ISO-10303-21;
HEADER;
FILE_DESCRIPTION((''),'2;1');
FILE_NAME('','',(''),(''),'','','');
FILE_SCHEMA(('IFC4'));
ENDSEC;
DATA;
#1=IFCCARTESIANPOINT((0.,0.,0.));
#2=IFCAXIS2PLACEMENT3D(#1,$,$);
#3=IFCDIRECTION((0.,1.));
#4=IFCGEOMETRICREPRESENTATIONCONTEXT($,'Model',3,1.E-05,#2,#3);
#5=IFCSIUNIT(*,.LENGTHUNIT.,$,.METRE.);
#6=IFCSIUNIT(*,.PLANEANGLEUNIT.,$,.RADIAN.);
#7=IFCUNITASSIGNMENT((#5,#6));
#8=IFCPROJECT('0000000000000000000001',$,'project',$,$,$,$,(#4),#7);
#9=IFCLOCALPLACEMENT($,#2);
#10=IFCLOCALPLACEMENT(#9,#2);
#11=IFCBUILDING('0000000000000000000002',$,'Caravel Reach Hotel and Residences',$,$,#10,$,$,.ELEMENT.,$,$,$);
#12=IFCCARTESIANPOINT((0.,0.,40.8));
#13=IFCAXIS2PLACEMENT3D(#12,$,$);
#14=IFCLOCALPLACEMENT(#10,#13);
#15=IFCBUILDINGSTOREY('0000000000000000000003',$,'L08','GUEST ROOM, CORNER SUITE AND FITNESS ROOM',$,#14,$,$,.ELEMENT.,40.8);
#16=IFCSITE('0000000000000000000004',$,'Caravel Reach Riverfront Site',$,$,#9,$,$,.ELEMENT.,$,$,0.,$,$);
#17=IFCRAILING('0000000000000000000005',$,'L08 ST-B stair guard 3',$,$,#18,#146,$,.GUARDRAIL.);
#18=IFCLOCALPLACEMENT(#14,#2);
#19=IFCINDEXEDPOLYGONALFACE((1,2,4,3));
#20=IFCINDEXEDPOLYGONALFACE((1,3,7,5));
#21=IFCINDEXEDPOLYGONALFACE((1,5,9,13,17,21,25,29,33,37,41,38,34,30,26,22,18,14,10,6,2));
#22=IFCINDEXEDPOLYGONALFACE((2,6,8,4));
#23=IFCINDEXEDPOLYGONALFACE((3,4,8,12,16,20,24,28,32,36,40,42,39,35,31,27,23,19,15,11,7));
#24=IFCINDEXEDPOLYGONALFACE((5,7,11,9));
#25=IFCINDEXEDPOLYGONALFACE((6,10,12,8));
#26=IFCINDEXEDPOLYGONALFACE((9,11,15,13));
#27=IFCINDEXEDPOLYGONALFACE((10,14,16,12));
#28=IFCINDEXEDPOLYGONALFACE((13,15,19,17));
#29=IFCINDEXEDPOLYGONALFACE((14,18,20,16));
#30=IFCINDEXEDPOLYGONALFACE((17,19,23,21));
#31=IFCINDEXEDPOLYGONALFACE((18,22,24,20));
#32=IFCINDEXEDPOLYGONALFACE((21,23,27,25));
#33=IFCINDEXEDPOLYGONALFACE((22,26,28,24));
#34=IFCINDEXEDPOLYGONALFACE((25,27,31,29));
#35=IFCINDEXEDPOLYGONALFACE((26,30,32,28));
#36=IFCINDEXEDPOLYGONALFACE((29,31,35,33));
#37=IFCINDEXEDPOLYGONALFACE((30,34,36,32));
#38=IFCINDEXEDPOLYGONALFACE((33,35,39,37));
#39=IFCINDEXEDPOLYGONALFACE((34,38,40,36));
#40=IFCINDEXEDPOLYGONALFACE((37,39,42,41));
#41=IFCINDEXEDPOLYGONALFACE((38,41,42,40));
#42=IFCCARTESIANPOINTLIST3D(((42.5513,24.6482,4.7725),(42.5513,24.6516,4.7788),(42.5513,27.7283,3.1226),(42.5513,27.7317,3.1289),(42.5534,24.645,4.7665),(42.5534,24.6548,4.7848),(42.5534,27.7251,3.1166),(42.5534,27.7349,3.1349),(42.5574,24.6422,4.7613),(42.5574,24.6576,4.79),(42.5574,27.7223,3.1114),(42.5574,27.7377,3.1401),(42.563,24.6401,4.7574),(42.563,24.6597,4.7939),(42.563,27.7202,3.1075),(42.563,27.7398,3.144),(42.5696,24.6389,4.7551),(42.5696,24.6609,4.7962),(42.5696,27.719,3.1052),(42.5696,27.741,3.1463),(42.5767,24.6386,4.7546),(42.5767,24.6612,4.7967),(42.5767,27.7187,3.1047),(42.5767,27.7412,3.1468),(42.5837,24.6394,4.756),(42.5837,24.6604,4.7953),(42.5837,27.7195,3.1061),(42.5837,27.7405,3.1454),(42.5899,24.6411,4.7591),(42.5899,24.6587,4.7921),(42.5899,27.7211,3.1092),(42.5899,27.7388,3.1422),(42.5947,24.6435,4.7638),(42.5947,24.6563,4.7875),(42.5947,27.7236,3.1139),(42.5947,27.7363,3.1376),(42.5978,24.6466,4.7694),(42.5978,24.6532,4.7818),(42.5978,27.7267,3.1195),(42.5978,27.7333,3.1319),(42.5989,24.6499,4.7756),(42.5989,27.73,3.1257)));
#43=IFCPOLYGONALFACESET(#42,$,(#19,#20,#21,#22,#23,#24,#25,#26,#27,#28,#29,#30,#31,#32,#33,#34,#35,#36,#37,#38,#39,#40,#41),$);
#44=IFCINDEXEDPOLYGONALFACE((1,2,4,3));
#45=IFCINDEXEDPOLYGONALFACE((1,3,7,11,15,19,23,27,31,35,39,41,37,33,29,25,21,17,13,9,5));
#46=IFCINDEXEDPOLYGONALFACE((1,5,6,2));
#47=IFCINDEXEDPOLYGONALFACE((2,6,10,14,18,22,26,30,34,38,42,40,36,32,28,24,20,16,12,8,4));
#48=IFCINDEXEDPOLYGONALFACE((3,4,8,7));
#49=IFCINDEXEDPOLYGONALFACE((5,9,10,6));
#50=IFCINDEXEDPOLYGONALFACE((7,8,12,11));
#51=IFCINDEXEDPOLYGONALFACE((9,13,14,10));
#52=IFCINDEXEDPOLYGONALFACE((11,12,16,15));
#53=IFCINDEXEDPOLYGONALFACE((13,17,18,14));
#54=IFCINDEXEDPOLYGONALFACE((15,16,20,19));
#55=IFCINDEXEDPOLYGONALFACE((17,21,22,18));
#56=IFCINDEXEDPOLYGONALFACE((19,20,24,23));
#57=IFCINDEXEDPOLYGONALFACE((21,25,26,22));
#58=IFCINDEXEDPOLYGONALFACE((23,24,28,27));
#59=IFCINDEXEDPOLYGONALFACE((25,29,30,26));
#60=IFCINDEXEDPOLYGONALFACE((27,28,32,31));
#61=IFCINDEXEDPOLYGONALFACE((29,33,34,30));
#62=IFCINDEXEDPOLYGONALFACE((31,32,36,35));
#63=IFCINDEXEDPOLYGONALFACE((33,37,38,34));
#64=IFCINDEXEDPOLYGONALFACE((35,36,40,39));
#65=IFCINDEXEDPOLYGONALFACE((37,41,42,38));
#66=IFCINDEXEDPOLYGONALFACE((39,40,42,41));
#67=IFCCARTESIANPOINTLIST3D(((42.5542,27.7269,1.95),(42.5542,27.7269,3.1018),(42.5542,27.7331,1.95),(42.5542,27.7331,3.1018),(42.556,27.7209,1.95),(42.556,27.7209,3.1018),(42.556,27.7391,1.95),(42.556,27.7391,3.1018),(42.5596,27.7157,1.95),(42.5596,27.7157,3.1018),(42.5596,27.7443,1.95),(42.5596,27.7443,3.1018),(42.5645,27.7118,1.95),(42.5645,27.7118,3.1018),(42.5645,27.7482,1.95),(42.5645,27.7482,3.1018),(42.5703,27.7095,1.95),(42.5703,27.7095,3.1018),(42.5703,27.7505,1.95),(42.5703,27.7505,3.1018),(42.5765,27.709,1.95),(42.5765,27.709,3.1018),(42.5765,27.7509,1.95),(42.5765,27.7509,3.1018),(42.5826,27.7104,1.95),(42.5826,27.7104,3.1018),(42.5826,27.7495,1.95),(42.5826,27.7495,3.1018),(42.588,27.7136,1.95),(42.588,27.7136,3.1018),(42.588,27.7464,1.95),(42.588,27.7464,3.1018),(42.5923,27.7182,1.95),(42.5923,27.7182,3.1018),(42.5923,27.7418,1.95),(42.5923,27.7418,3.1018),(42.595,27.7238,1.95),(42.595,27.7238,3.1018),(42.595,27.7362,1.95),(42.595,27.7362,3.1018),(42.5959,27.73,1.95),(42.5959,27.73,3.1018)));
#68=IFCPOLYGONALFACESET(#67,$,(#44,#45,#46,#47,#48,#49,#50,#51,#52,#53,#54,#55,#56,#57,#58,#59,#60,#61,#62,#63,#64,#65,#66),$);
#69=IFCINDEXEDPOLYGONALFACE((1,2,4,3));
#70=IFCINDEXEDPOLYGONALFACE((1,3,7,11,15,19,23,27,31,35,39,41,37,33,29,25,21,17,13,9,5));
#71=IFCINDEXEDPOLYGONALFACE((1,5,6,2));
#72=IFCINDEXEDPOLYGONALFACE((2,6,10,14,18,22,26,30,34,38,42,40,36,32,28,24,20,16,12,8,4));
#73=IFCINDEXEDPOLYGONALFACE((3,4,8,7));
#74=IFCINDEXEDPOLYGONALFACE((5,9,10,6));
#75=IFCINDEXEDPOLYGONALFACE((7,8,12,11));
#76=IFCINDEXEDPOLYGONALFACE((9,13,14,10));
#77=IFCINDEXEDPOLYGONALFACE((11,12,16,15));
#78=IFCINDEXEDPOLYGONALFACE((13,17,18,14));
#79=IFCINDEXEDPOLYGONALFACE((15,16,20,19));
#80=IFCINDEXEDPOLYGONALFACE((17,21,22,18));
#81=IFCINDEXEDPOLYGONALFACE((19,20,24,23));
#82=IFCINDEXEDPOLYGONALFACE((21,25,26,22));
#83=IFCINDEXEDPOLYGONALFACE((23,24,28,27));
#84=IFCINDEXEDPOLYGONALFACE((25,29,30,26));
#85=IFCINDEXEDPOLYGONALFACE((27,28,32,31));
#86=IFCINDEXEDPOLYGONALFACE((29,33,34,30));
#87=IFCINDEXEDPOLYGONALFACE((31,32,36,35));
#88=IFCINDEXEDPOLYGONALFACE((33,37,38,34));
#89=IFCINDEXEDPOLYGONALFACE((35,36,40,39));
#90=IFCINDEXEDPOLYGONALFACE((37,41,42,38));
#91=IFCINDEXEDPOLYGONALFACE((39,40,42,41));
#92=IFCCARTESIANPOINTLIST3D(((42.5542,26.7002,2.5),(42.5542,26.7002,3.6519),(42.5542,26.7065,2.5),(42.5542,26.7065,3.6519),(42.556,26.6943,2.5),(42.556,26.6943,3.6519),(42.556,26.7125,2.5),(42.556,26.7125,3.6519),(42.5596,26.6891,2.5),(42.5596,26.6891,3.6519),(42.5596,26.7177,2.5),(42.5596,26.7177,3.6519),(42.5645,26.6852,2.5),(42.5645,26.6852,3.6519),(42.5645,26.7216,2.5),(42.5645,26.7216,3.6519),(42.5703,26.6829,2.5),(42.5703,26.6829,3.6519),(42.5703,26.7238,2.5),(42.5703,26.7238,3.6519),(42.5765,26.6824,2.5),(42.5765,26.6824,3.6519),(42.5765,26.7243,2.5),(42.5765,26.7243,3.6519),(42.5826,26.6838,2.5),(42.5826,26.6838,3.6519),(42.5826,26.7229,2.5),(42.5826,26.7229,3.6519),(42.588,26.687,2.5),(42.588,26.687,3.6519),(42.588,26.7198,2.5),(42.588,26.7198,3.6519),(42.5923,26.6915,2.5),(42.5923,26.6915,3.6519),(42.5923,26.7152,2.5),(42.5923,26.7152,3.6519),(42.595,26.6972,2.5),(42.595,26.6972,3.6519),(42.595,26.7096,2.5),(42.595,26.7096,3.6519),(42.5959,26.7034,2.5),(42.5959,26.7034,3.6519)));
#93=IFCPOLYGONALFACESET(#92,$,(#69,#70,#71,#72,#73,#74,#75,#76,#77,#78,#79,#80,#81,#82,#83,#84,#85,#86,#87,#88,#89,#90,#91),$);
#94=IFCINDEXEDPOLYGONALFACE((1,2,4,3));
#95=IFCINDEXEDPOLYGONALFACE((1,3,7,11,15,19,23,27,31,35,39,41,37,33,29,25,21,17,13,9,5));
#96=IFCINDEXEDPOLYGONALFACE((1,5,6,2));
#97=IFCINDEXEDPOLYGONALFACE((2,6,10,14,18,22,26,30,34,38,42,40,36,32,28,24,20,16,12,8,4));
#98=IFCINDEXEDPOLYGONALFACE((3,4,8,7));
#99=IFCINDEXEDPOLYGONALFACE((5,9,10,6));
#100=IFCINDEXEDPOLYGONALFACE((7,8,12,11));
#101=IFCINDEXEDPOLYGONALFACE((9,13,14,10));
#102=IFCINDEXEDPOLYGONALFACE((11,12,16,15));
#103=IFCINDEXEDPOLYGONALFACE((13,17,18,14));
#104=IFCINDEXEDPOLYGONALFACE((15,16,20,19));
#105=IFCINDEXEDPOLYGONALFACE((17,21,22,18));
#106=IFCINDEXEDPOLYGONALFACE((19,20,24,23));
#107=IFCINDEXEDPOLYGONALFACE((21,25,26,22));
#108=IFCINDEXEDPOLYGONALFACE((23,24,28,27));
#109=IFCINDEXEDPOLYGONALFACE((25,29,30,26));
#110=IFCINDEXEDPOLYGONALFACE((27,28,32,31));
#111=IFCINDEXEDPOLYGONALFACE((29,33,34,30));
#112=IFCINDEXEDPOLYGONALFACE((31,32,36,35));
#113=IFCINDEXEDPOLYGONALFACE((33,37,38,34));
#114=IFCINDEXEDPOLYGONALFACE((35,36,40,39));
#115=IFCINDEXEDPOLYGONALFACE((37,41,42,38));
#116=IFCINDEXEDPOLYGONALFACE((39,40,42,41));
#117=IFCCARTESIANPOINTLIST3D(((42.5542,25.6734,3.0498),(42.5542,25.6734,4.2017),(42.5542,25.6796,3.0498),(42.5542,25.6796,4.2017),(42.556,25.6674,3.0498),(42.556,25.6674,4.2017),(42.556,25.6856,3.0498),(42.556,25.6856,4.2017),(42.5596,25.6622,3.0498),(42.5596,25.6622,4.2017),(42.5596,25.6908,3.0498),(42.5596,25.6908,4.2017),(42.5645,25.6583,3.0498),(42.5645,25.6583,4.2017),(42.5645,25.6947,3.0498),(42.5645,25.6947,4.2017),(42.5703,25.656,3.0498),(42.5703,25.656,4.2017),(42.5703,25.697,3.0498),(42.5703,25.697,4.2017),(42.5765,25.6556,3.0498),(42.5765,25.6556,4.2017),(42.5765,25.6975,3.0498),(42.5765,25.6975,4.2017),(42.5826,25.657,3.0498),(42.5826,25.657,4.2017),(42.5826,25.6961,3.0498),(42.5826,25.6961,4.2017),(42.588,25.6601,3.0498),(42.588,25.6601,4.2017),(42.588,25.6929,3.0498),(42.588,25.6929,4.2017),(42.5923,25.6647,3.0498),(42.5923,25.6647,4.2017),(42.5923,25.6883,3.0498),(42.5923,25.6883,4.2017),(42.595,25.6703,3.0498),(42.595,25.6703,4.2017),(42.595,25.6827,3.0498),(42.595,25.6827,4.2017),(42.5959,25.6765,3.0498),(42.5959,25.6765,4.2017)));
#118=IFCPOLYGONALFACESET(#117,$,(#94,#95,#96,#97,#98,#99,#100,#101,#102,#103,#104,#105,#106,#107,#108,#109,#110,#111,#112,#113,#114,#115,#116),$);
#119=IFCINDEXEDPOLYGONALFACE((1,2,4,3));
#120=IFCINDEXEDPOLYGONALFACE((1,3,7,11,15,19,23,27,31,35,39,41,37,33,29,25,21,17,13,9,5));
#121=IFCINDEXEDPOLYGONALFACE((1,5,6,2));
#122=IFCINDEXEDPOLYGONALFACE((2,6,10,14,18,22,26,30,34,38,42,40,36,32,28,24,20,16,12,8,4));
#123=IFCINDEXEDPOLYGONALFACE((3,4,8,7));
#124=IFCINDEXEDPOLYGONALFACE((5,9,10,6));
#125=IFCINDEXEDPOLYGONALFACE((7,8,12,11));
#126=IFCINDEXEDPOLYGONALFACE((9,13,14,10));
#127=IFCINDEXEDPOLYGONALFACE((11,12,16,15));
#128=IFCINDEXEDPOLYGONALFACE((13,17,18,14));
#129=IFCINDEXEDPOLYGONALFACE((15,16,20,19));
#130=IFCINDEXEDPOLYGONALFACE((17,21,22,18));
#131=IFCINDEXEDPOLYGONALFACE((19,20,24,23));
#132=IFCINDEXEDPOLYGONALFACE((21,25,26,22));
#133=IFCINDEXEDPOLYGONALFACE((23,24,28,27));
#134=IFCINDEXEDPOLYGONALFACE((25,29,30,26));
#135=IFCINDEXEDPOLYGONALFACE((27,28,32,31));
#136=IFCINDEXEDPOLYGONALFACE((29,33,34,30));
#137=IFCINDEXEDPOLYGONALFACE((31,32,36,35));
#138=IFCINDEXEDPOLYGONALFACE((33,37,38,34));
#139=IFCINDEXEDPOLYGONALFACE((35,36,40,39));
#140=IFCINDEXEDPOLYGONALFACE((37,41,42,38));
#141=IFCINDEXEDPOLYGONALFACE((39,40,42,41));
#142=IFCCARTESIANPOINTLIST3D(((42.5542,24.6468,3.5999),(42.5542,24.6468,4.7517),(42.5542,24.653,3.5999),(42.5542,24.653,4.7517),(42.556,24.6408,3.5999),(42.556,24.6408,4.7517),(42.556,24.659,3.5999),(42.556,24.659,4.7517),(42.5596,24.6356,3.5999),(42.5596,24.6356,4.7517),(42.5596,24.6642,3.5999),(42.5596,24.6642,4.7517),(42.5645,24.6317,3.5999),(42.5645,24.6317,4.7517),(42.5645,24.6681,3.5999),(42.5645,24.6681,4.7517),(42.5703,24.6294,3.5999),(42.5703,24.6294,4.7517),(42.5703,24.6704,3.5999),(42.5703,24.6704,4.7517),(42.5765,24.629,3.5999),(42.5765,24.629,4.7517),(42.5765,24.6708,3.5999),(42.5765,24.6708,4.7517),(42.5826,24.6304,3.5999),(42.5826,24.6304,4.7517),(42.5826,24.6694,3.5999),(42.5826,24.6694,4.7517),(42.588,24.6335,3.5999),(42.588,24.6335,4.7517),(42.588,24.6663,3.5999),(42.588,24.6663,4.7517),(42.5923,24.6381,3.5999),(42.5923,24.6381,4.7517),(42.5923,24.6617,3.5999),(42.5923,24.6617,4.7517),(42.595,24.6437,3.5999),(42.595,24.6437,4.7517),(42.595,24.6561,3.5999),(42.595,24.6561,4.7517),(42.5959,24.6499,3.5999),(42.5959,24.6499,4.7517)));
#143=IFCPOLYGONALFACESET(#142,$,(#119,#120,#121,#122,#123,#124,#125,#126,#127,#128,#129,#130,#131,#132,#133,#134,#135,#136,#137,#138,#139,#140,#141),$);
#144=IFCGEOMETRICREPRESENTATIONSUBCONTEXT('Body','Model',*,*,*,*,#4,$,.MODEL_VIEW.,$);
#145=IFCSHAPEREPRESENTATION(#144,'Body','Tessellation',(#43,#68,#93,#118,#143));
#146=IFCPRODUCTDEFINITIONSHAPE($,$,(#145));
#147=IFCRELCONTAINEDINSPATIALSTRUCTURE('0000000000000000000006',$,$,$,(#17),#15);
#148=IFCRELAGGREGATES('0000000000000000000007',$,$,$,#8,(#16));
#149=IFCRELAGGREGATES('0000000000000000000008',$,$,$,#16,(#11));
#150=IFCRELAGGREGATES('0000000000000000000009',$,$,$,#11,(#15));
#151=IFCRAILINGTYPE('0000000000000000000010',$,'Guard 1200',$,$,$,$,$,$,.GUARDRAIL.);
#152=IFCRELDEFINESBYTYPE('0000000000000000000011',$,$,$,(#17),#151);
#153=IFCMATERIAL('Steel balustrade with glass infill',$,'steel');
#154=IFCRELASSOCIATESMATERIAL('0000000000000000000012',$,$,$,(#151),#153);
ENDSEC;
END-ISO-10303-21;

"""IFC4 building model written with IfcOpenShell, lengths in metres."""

from ifc_helpers import new_model, si_unit, direction, frame, origin, origin_2d, place, context, subcontext, project, spatial, circle, extrude, material, type_object, element, save


model = new_model("IFC4")

# Units and contexts
model_context = context("Model", 3, precision=1e-05, world=origin(), true_north=direction((0.0, 1.0)))
body_context = subcontext(model_context, "Body", "Model", "MODEL_VIEW")
ifc_project = project(units=[si_unit("LENGTHUNIT", "METRE"), si_unit("PLANEANGLEUNIT", "RADIAN")], contexts=[model_context])

# Site, building, storey
site_placement = place(None, origin())
site = spatial("IfcSite", under=ifc_project, at=site_placement, Name="Caravel Reach Riverfront Site", CompositionType="ELEMENT", RefElevation=0.0)
building_placement = place(site_placement, origin())
building = spatial("IfcBuilding", under=site, at=building_placement, Name="Caravel Reach Hotel and Residences", CompositionType="ELEMENT")
storey_placement = place(building_placement, frame((0.0, 0.0, 40.8)))
storey = spatial("IfcBuildingStorey", under=building, at=storey_placement, Name="L08", Description="GUEST ROOM, CORNER SUITE AND FITNESS ROOM", CompositionType="ELEMENT", Elevation=40.8)

# Railing
ifc_material_1 = material(Name="Steel balustrade with glass infill", Category="steel")
railing_type_1 = type_object("IfcRailingType", Name="Guard 1200", PredefinedType="GUARDRAIL", material=ifc_material_1)
railing_1_placement = place(storey_placement, frame((42.575, 27.73, 1.95)))
element("IfcRailing", 1, at=railing_1_placement, inside=storey, type_object=railing_type_1, Name="L08 ST-B stair guard 3", PredefinedType="GUARDRAIL", context=body_context, shape_type="SweptSolid", body=[
    extrude(circle(Radius=0.0239, at=origin_2d()), frame((0.0, 0.0, 1.1758), z_axis=(0.0, -0.881497, 0.47219), x_axis=(1.0, 0.0, 0.0)), (0.0, 0.0, 1.0), 3.4941),
    extrude(circle(Radius=0.021, at=origin_2d()), origin(), (0.0, 0.0, 1.0), 1.1519),
    extrude(circle(Radius=0.021, at=origin_2d()), frame((0.0, -1.0266, 0.55)), (0.0, 0.0, 1.0), 1.1519),
    extrude(circle(Radius=0.021, at=origin_2d()), frame((0.0, -2.0535, 1.0999)), (0.0, 0.0, 1.0), 1.1519),
    extrude(circle(Radius=0.021, at=origin_2d()), frame((0.0, -3.0801, 1.6499)), (0.0, 0.0, 1.0), 1.1519),
])

save(model, "model.ifc")
